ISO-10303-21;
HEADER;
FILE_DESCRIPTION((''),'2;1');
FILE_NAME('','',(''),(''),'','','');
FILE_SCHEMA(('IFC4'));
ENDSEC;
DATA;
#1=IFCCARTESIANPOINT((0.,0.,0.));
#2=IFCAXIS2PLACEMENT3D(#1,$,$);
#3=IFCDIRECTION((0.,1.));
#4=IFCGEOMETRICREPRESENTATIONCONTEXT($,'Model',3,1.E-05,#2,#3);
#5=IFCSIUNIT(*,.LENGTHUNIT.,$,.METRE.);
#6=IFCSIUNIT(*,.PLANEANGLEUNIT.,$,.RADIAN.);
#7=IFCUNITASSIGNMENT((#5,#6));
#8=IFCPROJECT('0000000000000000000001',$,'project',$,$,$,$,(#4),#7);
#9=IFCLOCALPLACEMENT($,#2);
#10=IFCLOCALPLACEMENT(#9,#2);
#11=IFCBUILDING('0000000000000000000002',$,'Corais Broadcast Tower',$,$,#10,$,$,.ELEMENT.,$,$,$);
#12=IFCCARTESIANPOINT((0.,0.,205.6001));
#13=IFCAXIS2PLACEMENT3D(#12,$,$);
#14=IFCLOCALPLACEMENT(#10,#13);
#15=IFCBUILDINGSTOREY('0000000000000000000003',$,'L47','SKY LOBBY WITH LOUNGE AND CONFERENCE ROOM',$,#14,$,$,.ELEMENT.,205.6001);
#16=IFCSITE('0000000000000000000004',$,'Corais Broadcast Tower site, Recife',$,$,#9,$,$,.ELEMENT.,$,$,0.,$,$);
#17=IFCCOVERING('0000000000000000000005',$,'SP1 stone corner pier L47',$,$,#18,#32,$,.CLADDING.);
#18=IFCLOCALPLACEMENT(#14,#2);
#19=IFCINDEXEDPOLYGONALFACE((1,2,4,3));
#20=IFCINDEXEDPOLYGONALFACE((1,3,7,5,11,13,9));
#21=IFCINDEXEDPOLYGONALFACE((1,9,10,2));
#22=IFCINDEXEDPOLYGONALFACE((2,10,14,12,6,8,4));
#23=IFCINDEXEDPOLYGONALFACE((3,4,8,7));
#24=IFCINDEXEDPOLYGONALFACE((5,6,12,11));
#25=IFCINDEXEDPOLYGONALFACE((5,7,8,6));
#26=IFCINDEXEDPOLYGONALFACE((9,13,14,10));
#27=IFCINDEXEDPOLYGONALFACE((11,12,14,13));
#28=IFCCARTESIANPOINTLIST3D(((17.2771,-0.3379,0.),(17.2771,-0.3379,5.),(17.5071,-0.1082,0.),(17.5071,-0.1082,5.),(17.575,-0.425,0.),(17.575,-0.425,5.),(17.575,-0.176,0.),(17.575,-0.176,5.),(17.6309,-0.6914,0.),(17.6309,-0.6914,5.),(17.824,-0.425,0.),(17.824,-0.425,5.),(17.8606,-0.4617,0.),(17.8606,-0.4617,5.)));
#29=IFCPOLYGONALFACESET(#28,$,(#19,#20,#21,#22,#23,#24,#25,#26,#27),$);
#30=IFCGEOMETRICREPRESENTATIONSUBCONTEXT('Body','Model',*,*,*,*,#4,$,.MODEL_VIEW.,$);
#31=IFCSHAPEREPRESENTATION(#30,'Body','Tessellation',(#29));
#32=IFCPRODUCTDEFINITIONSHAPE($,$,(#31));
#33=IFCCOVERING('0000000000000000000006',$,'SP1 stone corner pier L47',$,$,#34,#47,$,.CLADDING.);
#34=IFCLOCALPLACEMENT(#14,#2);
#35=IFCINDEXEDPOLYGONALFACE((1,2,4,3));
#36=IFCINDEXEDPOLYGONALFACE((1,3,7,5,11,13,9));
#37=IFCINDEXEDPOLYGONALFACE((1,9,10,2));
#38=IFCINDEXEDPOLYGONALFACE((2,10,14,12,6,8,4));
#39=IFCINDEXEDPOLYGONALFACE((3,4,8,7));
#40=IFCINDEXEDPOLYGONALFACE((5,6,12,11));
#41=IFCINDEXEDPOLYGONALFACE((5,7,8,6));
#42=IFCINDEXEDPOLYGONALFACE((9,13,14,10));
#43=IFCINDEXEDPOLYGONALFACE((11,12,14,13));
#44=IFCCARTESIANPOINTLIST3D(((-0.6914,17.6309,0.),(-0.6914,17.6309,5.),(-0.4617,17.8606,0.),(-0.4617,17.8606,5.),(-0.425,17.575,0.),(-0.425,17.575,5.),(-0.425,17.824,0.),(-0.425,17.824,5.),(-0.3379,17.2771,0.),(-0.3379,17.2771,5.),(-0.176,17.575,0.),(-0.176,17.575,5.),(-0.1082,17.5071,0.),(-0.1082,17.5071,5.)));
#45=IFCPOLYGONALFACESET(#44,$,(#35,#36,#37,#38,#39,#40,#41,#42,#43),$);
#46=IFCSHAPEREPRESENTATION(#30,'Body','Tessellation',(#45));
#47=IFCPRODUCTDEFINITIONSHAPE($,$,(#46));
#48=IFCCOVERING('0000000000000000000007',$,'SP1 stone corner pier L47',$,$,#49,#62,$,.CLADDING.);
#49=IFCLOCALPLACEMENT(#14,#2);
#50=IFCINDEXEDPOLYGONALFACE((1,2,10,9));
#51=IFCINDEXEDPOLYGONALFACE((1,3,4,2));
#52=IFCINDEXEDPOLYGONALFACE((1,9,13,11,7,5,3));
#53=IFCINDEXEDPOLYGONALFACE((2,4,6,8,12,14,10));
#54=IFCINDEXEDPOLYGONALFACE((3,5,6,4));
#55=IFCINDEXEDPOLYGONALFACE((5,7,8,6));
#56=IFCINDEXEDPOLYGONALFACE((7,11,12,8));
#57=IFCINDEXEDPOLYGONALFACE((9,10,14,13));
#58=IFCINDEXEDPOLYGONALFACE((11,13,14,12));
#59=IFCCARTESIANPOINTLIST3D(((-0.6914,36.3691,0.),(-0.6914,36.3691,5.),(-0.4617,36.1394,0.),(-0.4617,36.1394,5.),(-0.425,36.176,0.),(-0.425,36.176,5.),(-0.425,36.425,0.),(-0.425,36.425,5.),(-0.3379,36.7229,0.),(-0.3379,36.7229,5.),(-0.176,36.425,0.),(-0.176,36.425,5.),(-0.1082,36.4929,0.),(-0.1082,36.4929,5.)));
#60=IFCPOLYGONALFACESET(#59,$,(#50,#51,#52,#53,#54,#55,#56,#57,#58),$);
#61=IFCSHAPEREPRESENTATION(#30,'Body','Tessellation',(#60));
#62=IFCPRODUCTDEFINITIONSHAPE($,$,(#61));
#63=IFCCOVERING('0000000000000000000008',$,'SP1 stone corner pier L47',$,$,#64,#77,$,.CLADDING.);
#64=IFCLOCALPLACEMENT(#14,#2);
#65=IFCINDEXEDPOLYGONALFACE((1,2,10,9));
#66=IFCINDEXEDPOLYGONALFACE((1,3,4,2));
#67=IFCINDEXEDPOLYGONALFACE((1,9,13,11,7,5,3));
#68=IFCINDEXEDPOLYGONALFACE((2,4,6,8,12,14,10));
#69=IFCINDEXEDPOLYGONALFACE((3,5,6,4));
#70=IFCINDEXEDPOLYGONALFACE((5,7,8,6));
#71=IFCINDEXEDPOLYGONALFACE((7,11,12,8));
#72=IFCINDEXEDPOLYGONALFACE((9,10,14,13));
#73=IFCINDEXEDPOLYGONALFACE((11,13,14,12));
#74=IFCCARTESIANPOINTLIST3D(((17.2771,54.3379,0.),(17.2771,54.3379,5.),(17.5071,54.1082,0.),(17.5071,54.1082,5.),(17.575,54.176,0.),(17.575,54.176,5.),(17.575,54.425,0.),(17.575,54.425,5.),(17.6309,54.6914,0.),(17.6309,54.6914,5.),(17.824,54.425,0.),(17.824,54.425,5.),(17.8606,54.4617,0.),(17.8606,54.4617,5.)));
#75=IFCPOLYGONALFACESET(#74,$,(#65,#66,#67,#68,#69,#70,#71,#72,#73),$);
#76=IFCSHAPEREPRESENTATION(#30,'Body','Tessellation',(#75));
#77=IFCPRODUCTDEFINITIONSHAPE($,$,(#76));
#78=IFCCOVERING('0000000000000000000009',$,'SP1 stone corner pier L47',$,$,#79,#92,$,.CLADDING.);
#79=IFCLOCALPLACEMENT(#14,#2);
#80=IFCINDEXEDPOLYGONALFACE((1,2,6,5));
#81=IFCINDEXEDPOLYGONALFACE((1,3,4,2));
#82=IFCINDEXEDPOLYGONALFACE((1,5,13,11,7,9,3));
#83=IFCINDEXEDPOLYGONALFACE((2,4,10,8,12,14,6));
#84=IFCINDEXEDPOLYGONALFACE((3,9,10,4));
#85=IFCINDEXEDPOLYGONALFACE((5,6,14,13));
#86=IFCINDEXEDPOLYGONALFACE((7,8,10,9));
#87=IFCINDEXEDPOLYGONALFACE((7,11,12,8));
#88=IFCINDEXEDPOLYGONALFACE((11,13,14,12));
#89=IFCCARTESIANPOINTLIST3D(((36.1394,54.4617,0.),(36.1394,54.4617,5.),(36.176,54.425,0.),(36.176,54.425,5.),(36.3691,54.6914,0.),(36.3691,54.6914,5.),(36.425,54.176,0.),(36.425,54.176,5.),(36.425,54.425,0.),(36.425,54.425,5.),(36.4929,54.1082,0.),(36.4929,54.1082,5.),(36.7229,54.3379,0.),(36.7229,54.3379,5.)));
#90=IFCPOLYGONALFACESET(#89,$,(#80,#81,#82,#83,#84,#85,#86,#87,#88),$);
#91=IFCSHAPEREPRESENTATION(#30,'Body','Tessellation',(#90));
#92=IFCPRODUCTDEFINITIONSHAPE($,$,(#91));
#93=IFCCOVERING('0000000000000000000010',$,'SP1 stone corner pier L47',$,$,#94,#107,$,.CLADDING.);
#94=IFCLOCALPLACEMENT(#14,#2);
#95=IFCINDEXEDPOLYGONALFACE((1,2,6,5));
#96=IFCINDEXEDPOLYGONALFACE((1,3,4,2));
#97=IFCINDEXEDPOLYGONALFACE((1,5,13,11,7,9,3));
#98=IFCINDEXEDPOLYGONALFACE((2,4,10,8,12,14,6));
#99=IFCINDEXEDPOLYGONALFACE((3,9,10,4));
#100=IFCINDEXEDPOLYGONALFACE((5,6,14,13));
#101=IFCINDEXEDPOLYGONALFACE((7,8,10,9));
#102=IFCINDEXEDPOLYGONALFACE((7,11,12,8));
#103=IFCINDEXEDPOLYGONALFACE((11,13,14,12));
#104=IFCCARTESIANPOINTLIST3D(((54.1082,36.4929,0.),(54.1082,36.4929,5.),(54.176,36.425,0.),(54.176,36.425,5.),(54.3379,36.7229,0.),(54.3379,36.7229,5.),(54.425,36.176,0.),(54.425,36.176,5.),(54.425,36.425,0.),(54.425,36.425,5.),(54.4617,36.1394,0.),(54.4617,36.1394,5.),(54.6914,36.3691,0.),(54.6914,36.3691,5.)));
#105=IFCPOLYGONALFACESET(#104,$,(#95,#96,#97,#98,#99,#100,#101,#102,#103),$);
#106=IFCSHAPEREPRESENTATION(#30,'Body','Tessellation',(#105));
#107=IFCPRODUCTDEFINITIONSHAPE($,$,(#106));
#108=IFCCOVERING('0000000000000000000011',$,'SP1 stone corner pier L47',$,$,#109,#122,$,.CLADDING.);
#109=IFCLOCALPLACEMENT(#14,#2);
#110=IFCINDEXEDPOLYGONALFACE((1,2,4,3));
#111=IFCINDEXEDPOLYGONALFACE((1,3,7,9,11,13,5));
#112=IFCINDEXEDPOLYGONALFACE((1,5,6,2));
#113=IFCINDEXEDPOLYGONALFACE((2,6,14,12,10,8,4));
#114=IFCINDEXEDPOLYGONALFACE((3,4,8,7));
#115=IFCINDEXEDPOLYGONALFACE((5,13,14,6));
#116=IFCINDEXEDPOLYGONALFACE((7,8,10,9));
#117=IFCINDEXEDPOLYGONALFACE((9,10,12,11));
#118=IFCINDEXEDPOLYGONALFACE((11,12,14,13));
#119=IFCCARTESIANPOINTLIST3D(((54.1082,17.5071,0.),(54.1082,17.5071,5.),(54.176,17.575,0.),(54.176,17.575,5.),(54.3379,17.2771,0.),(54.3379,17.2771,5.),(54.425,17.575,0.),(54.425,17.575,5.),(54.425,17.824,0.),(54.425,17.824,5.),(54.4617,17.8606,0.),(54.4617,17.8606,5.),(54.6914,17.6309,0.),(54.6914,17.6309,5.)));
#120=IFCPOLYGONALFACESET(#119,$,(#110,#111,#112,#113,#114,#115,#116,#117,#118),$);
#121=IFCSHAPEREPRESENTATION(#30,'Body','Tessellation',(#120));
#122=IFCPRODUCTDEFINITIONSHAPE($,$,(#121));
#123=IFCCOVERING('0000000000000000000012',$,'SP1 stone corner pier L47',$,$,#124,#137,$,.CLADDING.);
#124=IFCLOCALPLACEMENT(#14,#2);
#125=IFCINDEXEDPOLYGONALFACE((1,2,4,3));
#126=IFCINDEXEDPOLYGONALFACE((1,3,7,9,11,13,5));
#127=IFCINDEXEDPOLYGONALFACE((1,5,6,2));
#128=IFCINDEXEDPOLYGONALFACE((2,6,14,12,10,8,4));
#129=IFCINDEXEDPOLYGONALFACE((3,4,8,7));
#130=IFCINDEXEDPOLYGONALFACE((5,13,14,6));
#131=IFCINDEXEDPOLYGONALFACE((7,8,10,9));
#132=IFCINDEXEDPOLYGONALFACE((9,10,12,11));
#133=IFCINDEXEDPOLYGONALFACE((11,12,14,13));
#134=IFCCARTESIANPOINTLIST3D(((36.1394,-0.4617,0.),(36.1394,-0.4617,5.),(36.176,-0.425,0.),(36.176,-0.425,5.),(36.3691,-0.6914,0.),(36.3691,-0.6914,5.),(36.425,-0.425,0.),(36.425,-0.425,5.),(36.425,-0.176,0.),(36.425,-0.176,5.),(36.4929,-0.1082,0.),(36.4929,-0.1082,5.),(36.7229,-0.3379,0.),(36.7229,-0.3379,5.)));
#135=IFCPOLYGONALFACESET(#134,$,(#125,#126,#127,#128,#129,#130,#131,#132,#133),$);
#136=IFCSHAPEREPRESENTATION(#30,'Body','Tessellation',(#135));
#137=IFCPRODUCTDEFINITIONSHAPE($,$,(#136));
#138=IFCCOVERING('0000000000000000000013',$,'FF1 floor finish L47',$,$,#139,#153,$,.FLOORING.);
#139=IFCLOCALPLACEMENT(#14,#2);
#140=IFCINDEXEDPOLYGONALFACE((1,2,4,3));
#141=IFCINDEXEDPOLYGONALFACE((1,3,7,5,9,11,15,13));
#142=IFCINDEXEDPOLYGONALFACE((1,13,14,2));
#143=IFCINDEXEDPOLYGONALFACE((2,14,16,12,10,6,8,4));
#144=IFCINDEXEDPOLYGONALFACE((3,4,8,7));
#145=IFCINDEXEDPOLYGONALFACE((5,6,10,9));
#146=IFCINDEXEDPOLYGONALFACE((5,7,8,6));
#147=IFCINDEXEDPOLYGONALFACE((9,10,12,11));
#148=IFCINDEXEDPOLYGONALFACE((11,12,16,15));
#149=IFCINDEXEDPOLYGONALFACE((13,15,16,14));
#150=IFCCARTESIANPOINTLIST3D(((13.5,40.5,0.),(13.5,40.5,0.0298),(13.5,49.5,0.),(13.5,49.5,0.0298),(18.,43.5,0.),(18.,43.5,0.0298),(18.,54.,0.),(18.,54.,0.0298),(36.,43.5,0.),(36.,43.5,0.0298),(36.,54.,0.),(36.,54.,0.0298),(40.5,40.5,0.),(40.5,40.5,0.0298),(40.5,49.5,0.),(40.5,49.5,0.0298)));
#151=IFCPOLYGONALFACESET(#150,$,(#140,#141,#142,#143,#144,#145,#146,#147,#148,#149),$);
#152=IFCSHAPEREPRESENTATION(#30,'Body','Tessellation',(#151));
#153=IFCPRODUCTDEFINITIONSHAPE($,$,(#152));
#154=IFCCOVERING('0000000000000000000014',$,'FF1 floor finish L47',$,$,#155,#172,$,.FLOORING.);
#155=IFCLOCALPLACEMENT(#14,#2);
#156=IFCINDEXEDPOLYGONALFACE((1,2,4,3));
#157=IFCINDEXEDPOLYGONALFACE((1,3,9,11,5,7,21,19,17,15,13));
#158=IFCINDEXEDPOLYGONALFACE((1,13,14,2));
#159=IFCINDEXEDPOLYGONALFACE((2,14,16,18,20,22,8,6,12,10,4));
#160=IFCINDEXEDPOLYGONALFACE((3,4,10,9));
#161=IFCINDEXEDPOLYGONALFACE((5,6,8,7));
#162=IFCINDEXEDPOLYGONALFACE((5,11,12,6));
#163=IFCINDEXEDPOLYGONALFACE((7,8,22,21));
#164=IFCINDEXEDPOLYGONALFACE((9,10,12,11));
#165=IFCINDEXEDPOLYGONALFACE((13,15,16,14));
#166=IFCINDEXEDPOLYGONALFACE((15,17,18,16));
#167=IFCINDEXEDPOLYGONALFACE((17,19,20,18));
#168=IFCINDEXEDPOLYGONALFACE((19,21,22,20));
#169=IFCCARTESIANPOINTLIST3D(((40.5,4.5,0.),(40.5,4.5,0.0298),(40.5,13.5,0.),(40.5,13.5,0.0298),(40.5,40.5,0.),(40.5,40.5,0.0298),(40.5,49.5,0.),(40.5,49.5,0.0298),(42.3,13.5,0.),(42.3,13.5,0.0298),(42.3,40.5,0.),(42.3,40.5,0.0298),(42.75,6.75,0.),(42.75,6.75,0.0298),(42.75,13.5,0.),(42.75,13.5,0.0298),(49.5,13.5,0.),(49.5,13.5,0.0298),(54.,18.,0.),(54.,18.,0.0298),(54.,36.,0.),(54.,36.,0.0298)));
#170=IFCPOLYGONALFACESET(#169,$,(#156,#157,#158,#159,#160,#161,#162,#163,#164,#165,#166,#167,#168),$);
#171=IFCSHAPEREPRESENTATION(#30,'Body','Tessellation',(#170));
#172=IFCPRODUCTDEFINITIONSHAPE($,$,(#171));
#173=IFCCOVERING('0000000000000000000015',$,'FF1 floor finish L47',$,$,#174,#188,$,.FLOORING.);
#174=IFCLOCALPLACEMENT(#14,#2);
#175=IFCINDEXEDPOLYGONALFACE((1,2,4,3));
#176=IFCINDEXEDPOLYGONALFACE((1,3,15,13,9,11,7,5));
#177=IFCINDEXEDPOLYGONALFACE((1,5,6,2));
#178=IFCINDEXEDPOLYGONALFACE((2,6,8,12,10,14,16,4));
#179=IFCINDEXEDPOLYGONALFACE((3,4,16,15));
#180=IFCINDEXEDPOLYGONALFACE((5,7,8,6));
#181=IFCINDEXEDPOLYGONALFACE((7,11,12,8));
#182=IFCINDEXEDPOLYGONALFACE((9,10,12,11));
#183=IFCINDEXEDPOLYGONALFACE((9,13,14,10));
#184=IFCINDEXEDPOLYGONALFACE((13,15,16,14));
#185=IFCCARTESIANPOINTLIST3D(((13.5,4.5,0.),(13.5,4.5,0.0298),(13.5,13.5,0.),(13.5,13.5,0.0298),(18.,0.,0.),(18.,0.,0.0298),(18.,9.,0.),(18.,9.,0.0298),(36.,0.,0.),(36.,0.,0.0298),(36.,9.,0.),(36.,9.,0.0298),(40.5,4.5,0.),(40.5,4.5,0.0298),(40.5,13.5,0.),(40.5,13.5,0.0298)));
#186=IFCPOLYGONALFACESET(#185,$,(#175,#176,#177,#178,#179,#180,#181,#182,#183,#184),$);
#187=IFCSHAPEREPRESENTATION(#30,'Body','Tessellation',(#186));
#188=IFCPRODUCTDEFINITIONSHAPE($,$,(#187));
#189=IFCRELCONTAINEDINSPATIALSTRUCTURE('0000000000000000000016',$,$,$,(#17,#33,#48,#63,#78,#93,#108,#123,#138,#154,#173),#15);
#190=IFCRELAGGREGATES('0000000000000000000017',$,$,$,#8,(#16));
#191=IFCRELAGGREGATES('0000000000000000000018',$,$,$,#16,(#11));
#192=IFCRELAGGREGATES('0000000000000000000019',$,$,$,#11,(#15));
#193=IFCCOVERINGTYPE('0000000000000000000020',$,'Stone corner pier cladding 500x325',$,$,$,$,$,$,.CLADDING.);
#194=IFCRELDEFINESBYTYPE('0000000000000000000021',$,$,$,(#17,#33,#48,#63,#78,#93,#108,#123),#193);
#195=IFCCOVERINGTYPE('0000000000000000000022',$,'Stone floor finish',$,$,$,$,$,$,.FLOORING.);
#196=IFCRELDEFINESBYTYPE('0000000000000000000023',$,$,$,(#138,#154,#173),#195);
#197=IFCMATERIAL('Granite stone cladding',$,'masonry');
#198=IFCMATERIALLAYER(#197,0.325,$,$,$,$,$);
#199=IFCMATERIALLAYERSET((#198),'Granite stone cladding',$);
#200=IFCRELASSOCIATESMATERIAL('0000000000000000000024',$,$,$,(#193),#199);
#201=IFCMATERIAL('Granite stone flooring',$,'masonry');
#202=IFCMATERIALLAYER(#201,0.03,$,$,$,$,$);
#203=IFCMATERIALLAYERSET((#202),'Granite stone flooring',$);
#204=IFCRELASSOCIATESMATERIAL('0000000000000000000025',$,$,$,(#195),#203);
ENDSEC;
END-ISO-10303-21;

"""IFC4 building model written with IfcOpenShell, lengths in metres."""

from ifc_helpers import new_model, si_unit, direction, frame, origin, place, context, subcontext, project, spatial, polyline, outline, extrude, material, layer, layer_set, type_object, element, save


model = new_model("IFC4")

# Units and contexts
model_context = context("Model", 3, precision=1e-05, world=origin(), true_north=direction((0.0, 1.0)))
body_context = subcontext(model_context, "Body", "Model", "MODEL_VIEW")
ifc_project = project(units=[si_unit("LENGTHUNIT", "METRE"), si_unit("PLANEANGLEUNIT", "RADIAN")], contexts=[model_context])

# Site, building, storey
site_placement = place(None, origin())
site = spatial("IfcSite", under=ifc_project, at=site_placement, Name="Corais Broadcast Tower site, Recife", CompositionType="ELEMENT", RefElevation=0.0)
building_placement = place(site_placement, origin())
building = spatial("IfcBuilding", under=site, at=building_placement, Name="Corais Broadcast Tower", CompositionType="ELEMENT")
storey_placement = place(building_placement, frame((0.0, 0.0, 205.6001)))
storey = spatial("IfcBuildingStorey", under=building, at=storey_placement, Name="L47", Description="SKY LOBBY WITH LOUNGE AND CONFERENCE ROOM", CompositionType="ELEMENT", Elevation=205.6001)

# Coverings
ifc_material_1 = material(Name="Granite stone cladding", Category="masonry")
ifc_layer_1 = layer(ifc_material_1, 0.325)
ifc_layer_set_1 = layer_set([ifc_layer_1], Name="Granite stone cladding")
covering_type_1 = type_object("IfcCoveringType", Name="Stone corner pier cladding 500x325", PredefinedType="CLADDING", material=ifc_layer_set_1)
covering_1_placement = place(storey_placement, origin())
element("IfcCovering", 1, at=covering_1_placement, inside=storey, type_object=covering_type_1, Name="SP1 stone corner pier L47", PredefinedType="CLADDING", context=body_context, shape_type="SweptSolid", body=[
    extrude(outline(polyline([(17.8606, -0.4617), (17.824, -0.425), (17.575, -0.425), (17.575, -0.176), (17.5071, -0.1082), (17.2771, -0.3379), (17.6309, -0.6914), (17.8606, -0.4617)])), origin(), (0.0, 0.0, 1.0), 5.0),
])
covering_2_placement = place(storey_placement, origin())
element("IfcCovering", 2, at=covering_2_placement, inside=storey, type_object=covering_type_1, Name="SP1 stone corner pier L47", PredefinedType="CLADDING", context=body_context, shape_type="SweptSolid", body=[
    extrude(outline(polyline([(-0.425, 17.824), (-0.4617, 17.8606), (-0.6914, 17.6309), (-0.3379, 17.2771), (-0.1082, 17.5071), (-0.176, 17.575), (-0.425, 17.575), (-0.425, 17.824)])), origin(), (0.0, 0.0, 1.0), 5.0),
])
covering_3_placement = place(storey_placement, origin())
element("IfcCovering", 3, at=covering_3_placement, inside=storey, type_object=covering_type_1, Name="SP1 stone corner pier L47", PredefinedType="CLADDING", context=body_context, shape_type="SweptSolid", body=[
    extrude(outline(polyline([(-0.4617, 36.1394), (-0.425, 36.176), (-0.425, 36.425), (-0.176, 36.425), (-0.1082, 36.4929), (-0.3379, 36.7229), (-0.6914, 36.3691), (-0.4617, 36.1394)])), origin(), (0.0, 0.0, 1.0), 5.0),
])
covering_4_placement = place(storey_placement, origin())
element("IfcCovering", 4, at=covering_4_placement, inside=storey, type_object=covering_type_1, Name="SP1 stone corner pier L47", PredefinedType="CLADDING", context=body_context, shape_type="SweptSolid", body=[
    extrude(outline(polyline([(17.824, 54.425), (17.8606, 54.4617), (17.6309, 54.6914), (17.2771, 54.3379), (17.5071, 54.1082), (17.575, 54.176), (17.575, 54.425), (17.824, 54.425)])), origin(), (0.0, 0.0, 1.0), 5.0),
])
covering_5_placement = place(storey_placement, origin())
element("IfcCovering", 5, at=covering_5_placement, inside=storey, type_object=covering_type_1, Name="SP1 stone corner pier L47", PredefinedType="CLADDING", context=body_context, shape_type="SweptSolid", body=[
    extrude(outline(polyline([(36.1394, 54.4617), (36.176, 54.425), (36.425, 54.425), (36.425, 54.176), (36.4929, 54.1082), (36.7229, 54.3379), (36.3691, 54.6914), (36.1394, 54.4617)])), origin(), (0.0, 0.0, 1.0), 5.0),
])
covering_6_placement = place(storey_placement, origin())
element("IfcCovering", 6, at=covering_6_placement, inside=storey, type_object=covering_type_1, Name="SP1 stone corner pier L47", PredefinedType="CLADDING", context=body_context, shape_type="SweptSolid", body=[
    extrude(outline(polyline([(54.425, 36.176), (54.4617, 36.1394), (54.6914, 36.3691), (54.3379, 36.7229), (54.1082, 36.4929), (54.176, 36.425), (54.425, 36.425), (54.425, 36.176)])), origin(), (0.0, 0.0, 1.0), 5.0),
])
covering_7_placement = place(storey_placement, origin())
element("IfcCovering", 7, at=covering_7_placement, inside=storey, type_object=covering_type_1, Name="SP1 stone corner pier L47", PredefinedType="CLADDING", context=body_context, shape_type="SweptSolid", body=[
    extrude(outline(polyline([(54.4617, 17.8606), (54.425, 17.824), (54.425, 17.575), (54.176, 17.575), (54.1082, 17.5071), (54.3379, 17.2771), (54.6914, 17.6309), (54.4617, 17.8606)])), origin(), (0.0, 0.0, 1.0), 5.0),
])
covering_8_placement = place(storey_placement, origin())
element("IfcCovering", 8, at=covering_8_placement, inside=storey, type_object=covering_type_1, Name="SP1 stone corner pier L47", PredefinedType="CLADDING", context=body_context, shape_type="SweptSolid", body=[
    extrude(outline(polyline([(36.176, -0.425), (36.1394, -0.4617), (36.3691, -0.6914), (36.7229, -0.3379), (36.4929, -0.1082), (36.425, -0.176), (36.425, -0.425), (36.176, -0.425)])), origin(), (0.0, 0.0, 1.0), 5.0),
])
ifc_material_2 = material(Name="Granite stone flooring", Category="masonry")
ifc_layer_2 = layer(ifc_material_2, 0.03)
ifc_layer_set_2 = layer_set([ifc_layer_2], Name="Granite stone flooring")
covering_type_2 = type_object("IfcCoveringType", Name="Stone floor finish", PredefinedType="FLOORING", material=ifc_layer_set_2)
covering_9_placement = place(storey_placement, origin())
element("IfcCovering", 9, at=covering_9_placement, inside=storey, type_object=covering_type_2, Name="FF1 floor finish L47", PredefinedType="FLOORING", context=body_context, shape_type="SweptSolid", body=[
    extrude(outline(polyline([(18.0, 54.0), (18.0, 43.5), (36.0, 43.5), (36.0, 54.0), (40.5, 49.5), (40.5, 40.5), (13.5, 40.5), (13.5, 49.5), (18.0, 54.0)])), origin(), (0.0, 0.0, 1.0), 0.0298),
])
covering_10_placement = place(storey_placement, origin())
element("IfcCovering", 10, at=covering_10_placement, inside=storey, type_object=covering_type_2, Name="FF1 floor finish L47", PredefinedType="FLOORING", context=body_context, shape_type="SweptSolid", body=[
    extrude(outline(polyline([(54.0, 36.0), (54.0, 18.0), (49.5, 13.5), (42.75, 13.5), (42.75, 6.75), (40.5, 4.5), (40.5, 13.5), (42.3, 13.5), (42.3, 40.5), (40.5, 40.5), (40.5, 49.5), (54.0, 36.0)])), origin(), (0.0, 0.0, 1.0), 0.0298),
])
covering_11_placement = place(storey_placement, origin())
element("IfcCovering", 11, at=covering_11_placement, inside=storey, type_object=covering_type_2, Name="FF1 floor finish L47", PredefinedType="FLOORING", context=body_context, shape_type="SweptSolid", body=[
    extrude(outline(polyline([(36.0, 0.0), (36.0, 9.0), (18.0, 9.0), (18.0, 0.0), (13.5, 4.5), (13.5, 13.5), (40.5, 13.5), (40.5, 4.5), (36.0, 0.0)])), origin(), (0.0, 0.0, 1.0), 0.0298),
])

save(model, "model.ifc")
